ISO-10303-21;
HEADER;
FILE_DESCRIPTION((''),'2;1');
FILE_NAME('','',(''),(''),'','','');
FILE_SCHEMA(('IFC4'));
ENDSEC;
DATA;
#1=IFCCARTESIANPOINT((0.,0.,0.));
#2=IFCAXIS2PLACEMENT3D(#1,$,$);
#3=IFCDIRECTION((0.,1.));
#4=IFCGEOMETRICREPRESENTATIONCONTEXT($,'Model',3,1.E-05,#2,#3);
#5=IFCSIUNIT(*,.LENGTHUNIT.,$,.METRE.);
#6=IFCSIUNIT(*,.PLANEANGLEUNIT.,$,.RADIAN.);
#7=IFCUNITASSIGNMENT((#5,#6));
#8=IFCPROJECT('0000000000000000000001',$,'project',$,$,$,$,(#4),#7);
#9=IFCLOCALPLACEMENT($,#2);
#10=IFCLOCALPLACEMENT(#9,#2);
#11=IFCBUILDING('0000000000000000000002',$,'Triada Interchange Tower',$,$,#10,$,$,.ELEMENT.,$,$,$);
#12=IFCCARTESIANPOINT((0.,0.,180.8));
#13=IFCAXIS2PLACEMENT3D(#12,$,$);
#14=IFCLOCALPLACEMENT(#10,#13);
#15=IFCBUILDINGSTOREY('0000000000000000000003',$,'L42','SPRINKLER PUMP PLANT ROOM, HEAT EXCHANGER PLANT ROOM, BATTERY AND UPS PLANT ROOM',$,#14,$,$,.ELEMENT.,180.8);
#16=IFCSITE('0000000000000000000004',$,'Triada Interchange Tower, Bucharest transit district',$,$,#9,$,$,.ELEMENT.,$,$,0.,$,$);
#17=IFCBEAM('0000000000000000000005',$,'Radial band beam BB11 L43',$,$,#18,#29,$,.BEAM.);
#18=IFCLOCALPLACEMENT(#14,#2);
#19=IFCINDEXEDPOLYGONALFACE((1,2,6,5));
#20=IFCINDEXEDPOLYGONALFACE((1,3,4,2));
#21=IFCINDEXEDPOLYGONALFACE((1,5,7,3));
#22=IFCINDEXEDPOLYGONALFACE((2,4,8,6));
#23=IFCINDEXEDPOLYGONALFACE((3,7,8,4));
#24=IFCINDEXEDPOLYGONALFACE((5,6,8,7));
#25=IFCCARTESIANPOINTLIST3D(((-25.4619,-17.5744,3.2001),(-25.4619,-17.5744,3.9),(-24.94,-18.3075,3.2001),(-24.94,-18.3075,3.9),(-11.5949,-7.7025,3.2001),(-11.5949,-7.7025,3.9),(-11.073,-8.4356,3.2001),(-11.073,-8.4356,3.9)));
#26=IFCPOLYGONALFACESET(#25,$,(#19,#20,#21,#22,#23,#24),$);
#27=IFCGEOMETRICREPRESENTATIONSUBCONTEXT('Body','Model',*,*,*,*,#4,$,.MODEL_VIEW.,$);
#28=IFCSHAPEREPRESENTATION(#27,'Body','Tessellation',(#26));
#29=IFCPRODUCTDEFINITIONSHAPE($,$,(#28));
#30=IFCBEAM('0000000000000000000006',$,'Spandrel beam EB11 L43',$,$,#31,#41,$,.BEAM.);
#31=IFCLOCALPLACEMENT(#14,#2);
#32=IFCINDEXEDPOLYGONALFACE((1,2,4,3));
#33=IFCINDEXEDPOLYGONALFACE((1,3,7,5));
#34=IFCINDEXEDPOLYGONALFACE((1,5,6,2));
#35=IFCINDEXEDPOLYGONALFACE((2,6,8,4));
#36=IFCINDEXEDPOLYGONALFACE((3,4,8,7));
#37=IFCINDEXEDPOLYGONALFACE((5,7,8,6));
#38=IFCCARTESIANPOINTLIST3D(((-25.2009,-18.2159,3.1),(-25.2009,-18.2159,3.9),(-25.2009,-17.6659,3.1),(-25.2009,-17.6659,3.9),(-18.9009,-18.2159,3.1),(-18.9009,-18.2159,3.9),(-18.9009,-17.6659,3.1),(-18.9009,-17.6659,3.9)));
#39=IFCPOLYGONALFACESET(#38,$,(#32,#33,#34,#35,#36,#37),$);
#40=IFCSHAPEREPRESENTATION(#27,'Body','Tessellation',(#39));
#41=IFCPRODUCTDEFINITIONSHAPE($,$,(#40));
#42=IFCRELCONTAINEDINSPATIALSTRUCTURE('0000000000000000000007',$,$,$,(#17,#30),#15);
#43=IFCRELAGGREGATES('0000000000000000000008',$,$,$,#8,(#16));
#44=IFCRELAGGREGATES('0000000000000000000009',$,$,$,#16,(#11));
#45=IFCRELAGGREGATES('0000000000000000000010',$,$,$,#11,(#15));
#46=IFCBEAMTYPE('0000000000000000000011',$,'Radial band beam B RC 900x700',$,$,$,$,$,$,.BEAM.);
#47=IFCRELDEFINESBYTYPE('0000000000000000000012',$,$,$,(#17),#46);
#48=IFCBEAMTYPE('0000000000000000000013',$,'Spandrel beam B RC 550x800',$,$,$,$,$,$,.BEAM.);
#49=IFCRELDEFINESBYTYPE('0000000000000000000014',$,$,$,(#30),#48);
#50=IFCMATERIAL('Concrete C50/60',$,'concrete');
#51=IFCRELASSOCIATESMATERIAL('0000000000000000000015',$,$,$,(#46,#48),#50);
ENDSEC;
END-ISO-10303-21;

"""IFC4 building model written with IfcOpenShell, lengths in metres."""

from ifc_helpers import new_model, si_unit, direction, frame, origin, origin_2d, place, context, subcontext, project, spatial, rectangle, extrude, material, material_profile, profile_set, type_object, element, save


model = new_model("IFC4")

# Units and contexts
model_context = context("Model", 3, precision=1e-05, world=origin(), true_north=direction((0.0, 1.0)))
body_context = subcontext(model_context, "Body", "Model", "MODEL_VIEW")
ifc_project = project(units=[si_unit("LENGTHUNIT", "METRE"), si_unit("PLANEANGLEUNIT", "RADIAN")], contexts=[model_context])

# Site, building, storey
site_placement = place(None, origin())
site = spatial("IfcSite", under=ifc_project, at=site_placement, Name="Triada Interchange Tower, Bucharest transit district", CompositionType="ELEMENT", RefElevation=0.0)
building_placement = place(site_placement, origin())
building = spatial("IfcBuilding", under=site, at=building_placement, Name="Triada Interchange Tower", CompositionType="ELEMENT")
storey_placement = place(building_placement, frame((0.0, 0.0, 180.8)))
storey = spatial("IfcBuildingStorey", under=building, at=storey_placement, Name="L42", Description="SPRINKLER PUMP PLANT ROOM, HEAT EXCHANGER PLANT ROOM, BATTERY AND UPS PLANT ROOM", CompositionType="ELEMENT", Elevation=180.8)

# Beams
ifc_material_1 = material(Name="Concrete C50/60", Category="concrete")
ifc_material_profile_1 = material_profile(ifc_material_1, rectangle(XDim=0.8999, YDim=0.7, at=origin_2d()), Name="RC 900x700")
ifc_profile_set_1 = profile_set([ifc_material_profile_1], Name="Concrete C50/60")
beam_type_1 = type_object("IfcBeamType", Name="Radial band beam B RC 900x700", PredefinedType="BEAM", material=ifc_profile_set_1)
beam_1_placement = place(storey_placement, frame((-25.2009, -17.9409, 3.55), z_axis=(0.814653, 0.579949, 0.0), x_axis=(-0.579949, 0.814653, 0.0)))
element("IfcBeam", 1, at=beam_1_placement, inside=storey, type_object=beam_type_1, Name="Radial band beam BB11 L43", PredefinedType="BEAM", context=body_context, shape_type="SweptSolid", body=[
    extrude(rectangle(XDim=0.8999, YDim=0.7, at=origin_2d()), origin(), (0.0, 0.0, 1.0), 17.022),
])
ifc_material_profile_2 = material_profile(ifc_material_1, rectangle(XDim=0.55, YDim=0.8, at=origin_2d()), Name="RC 550x800")
ifc_profile_set_2 = profile_set([ifc_material_profile_2], Name="Concrete C50/60")
beam_type_2 = type_object("IfcBeamType", Name="Spandrel beam B RC 550x800", PredefinedType="BEAM", material=ifc_profile_set_2)
beam_2_placement = place(storey_placement, frame((-25.2009, -17.9409, 3.5), z_axis=(1.0, 0.0, 0.0), x_axis=(0.0, 1.0, 0.0)))
element("IfcBeam", 2, at=beam_2_placement, inside=storey, type_object=beam_type_2, Name="Spandrel beam EB11 L43", PredefinedType="BEAM", context=body_context, shape_type="SweptSolid", body=[
    extrude(rectangle(XDim=0.55, YDim=0.8, at=origin_2d()), origin(), (0.0, 0.0, 1.0), 6.3),
])

save(model, "model.ifc")
